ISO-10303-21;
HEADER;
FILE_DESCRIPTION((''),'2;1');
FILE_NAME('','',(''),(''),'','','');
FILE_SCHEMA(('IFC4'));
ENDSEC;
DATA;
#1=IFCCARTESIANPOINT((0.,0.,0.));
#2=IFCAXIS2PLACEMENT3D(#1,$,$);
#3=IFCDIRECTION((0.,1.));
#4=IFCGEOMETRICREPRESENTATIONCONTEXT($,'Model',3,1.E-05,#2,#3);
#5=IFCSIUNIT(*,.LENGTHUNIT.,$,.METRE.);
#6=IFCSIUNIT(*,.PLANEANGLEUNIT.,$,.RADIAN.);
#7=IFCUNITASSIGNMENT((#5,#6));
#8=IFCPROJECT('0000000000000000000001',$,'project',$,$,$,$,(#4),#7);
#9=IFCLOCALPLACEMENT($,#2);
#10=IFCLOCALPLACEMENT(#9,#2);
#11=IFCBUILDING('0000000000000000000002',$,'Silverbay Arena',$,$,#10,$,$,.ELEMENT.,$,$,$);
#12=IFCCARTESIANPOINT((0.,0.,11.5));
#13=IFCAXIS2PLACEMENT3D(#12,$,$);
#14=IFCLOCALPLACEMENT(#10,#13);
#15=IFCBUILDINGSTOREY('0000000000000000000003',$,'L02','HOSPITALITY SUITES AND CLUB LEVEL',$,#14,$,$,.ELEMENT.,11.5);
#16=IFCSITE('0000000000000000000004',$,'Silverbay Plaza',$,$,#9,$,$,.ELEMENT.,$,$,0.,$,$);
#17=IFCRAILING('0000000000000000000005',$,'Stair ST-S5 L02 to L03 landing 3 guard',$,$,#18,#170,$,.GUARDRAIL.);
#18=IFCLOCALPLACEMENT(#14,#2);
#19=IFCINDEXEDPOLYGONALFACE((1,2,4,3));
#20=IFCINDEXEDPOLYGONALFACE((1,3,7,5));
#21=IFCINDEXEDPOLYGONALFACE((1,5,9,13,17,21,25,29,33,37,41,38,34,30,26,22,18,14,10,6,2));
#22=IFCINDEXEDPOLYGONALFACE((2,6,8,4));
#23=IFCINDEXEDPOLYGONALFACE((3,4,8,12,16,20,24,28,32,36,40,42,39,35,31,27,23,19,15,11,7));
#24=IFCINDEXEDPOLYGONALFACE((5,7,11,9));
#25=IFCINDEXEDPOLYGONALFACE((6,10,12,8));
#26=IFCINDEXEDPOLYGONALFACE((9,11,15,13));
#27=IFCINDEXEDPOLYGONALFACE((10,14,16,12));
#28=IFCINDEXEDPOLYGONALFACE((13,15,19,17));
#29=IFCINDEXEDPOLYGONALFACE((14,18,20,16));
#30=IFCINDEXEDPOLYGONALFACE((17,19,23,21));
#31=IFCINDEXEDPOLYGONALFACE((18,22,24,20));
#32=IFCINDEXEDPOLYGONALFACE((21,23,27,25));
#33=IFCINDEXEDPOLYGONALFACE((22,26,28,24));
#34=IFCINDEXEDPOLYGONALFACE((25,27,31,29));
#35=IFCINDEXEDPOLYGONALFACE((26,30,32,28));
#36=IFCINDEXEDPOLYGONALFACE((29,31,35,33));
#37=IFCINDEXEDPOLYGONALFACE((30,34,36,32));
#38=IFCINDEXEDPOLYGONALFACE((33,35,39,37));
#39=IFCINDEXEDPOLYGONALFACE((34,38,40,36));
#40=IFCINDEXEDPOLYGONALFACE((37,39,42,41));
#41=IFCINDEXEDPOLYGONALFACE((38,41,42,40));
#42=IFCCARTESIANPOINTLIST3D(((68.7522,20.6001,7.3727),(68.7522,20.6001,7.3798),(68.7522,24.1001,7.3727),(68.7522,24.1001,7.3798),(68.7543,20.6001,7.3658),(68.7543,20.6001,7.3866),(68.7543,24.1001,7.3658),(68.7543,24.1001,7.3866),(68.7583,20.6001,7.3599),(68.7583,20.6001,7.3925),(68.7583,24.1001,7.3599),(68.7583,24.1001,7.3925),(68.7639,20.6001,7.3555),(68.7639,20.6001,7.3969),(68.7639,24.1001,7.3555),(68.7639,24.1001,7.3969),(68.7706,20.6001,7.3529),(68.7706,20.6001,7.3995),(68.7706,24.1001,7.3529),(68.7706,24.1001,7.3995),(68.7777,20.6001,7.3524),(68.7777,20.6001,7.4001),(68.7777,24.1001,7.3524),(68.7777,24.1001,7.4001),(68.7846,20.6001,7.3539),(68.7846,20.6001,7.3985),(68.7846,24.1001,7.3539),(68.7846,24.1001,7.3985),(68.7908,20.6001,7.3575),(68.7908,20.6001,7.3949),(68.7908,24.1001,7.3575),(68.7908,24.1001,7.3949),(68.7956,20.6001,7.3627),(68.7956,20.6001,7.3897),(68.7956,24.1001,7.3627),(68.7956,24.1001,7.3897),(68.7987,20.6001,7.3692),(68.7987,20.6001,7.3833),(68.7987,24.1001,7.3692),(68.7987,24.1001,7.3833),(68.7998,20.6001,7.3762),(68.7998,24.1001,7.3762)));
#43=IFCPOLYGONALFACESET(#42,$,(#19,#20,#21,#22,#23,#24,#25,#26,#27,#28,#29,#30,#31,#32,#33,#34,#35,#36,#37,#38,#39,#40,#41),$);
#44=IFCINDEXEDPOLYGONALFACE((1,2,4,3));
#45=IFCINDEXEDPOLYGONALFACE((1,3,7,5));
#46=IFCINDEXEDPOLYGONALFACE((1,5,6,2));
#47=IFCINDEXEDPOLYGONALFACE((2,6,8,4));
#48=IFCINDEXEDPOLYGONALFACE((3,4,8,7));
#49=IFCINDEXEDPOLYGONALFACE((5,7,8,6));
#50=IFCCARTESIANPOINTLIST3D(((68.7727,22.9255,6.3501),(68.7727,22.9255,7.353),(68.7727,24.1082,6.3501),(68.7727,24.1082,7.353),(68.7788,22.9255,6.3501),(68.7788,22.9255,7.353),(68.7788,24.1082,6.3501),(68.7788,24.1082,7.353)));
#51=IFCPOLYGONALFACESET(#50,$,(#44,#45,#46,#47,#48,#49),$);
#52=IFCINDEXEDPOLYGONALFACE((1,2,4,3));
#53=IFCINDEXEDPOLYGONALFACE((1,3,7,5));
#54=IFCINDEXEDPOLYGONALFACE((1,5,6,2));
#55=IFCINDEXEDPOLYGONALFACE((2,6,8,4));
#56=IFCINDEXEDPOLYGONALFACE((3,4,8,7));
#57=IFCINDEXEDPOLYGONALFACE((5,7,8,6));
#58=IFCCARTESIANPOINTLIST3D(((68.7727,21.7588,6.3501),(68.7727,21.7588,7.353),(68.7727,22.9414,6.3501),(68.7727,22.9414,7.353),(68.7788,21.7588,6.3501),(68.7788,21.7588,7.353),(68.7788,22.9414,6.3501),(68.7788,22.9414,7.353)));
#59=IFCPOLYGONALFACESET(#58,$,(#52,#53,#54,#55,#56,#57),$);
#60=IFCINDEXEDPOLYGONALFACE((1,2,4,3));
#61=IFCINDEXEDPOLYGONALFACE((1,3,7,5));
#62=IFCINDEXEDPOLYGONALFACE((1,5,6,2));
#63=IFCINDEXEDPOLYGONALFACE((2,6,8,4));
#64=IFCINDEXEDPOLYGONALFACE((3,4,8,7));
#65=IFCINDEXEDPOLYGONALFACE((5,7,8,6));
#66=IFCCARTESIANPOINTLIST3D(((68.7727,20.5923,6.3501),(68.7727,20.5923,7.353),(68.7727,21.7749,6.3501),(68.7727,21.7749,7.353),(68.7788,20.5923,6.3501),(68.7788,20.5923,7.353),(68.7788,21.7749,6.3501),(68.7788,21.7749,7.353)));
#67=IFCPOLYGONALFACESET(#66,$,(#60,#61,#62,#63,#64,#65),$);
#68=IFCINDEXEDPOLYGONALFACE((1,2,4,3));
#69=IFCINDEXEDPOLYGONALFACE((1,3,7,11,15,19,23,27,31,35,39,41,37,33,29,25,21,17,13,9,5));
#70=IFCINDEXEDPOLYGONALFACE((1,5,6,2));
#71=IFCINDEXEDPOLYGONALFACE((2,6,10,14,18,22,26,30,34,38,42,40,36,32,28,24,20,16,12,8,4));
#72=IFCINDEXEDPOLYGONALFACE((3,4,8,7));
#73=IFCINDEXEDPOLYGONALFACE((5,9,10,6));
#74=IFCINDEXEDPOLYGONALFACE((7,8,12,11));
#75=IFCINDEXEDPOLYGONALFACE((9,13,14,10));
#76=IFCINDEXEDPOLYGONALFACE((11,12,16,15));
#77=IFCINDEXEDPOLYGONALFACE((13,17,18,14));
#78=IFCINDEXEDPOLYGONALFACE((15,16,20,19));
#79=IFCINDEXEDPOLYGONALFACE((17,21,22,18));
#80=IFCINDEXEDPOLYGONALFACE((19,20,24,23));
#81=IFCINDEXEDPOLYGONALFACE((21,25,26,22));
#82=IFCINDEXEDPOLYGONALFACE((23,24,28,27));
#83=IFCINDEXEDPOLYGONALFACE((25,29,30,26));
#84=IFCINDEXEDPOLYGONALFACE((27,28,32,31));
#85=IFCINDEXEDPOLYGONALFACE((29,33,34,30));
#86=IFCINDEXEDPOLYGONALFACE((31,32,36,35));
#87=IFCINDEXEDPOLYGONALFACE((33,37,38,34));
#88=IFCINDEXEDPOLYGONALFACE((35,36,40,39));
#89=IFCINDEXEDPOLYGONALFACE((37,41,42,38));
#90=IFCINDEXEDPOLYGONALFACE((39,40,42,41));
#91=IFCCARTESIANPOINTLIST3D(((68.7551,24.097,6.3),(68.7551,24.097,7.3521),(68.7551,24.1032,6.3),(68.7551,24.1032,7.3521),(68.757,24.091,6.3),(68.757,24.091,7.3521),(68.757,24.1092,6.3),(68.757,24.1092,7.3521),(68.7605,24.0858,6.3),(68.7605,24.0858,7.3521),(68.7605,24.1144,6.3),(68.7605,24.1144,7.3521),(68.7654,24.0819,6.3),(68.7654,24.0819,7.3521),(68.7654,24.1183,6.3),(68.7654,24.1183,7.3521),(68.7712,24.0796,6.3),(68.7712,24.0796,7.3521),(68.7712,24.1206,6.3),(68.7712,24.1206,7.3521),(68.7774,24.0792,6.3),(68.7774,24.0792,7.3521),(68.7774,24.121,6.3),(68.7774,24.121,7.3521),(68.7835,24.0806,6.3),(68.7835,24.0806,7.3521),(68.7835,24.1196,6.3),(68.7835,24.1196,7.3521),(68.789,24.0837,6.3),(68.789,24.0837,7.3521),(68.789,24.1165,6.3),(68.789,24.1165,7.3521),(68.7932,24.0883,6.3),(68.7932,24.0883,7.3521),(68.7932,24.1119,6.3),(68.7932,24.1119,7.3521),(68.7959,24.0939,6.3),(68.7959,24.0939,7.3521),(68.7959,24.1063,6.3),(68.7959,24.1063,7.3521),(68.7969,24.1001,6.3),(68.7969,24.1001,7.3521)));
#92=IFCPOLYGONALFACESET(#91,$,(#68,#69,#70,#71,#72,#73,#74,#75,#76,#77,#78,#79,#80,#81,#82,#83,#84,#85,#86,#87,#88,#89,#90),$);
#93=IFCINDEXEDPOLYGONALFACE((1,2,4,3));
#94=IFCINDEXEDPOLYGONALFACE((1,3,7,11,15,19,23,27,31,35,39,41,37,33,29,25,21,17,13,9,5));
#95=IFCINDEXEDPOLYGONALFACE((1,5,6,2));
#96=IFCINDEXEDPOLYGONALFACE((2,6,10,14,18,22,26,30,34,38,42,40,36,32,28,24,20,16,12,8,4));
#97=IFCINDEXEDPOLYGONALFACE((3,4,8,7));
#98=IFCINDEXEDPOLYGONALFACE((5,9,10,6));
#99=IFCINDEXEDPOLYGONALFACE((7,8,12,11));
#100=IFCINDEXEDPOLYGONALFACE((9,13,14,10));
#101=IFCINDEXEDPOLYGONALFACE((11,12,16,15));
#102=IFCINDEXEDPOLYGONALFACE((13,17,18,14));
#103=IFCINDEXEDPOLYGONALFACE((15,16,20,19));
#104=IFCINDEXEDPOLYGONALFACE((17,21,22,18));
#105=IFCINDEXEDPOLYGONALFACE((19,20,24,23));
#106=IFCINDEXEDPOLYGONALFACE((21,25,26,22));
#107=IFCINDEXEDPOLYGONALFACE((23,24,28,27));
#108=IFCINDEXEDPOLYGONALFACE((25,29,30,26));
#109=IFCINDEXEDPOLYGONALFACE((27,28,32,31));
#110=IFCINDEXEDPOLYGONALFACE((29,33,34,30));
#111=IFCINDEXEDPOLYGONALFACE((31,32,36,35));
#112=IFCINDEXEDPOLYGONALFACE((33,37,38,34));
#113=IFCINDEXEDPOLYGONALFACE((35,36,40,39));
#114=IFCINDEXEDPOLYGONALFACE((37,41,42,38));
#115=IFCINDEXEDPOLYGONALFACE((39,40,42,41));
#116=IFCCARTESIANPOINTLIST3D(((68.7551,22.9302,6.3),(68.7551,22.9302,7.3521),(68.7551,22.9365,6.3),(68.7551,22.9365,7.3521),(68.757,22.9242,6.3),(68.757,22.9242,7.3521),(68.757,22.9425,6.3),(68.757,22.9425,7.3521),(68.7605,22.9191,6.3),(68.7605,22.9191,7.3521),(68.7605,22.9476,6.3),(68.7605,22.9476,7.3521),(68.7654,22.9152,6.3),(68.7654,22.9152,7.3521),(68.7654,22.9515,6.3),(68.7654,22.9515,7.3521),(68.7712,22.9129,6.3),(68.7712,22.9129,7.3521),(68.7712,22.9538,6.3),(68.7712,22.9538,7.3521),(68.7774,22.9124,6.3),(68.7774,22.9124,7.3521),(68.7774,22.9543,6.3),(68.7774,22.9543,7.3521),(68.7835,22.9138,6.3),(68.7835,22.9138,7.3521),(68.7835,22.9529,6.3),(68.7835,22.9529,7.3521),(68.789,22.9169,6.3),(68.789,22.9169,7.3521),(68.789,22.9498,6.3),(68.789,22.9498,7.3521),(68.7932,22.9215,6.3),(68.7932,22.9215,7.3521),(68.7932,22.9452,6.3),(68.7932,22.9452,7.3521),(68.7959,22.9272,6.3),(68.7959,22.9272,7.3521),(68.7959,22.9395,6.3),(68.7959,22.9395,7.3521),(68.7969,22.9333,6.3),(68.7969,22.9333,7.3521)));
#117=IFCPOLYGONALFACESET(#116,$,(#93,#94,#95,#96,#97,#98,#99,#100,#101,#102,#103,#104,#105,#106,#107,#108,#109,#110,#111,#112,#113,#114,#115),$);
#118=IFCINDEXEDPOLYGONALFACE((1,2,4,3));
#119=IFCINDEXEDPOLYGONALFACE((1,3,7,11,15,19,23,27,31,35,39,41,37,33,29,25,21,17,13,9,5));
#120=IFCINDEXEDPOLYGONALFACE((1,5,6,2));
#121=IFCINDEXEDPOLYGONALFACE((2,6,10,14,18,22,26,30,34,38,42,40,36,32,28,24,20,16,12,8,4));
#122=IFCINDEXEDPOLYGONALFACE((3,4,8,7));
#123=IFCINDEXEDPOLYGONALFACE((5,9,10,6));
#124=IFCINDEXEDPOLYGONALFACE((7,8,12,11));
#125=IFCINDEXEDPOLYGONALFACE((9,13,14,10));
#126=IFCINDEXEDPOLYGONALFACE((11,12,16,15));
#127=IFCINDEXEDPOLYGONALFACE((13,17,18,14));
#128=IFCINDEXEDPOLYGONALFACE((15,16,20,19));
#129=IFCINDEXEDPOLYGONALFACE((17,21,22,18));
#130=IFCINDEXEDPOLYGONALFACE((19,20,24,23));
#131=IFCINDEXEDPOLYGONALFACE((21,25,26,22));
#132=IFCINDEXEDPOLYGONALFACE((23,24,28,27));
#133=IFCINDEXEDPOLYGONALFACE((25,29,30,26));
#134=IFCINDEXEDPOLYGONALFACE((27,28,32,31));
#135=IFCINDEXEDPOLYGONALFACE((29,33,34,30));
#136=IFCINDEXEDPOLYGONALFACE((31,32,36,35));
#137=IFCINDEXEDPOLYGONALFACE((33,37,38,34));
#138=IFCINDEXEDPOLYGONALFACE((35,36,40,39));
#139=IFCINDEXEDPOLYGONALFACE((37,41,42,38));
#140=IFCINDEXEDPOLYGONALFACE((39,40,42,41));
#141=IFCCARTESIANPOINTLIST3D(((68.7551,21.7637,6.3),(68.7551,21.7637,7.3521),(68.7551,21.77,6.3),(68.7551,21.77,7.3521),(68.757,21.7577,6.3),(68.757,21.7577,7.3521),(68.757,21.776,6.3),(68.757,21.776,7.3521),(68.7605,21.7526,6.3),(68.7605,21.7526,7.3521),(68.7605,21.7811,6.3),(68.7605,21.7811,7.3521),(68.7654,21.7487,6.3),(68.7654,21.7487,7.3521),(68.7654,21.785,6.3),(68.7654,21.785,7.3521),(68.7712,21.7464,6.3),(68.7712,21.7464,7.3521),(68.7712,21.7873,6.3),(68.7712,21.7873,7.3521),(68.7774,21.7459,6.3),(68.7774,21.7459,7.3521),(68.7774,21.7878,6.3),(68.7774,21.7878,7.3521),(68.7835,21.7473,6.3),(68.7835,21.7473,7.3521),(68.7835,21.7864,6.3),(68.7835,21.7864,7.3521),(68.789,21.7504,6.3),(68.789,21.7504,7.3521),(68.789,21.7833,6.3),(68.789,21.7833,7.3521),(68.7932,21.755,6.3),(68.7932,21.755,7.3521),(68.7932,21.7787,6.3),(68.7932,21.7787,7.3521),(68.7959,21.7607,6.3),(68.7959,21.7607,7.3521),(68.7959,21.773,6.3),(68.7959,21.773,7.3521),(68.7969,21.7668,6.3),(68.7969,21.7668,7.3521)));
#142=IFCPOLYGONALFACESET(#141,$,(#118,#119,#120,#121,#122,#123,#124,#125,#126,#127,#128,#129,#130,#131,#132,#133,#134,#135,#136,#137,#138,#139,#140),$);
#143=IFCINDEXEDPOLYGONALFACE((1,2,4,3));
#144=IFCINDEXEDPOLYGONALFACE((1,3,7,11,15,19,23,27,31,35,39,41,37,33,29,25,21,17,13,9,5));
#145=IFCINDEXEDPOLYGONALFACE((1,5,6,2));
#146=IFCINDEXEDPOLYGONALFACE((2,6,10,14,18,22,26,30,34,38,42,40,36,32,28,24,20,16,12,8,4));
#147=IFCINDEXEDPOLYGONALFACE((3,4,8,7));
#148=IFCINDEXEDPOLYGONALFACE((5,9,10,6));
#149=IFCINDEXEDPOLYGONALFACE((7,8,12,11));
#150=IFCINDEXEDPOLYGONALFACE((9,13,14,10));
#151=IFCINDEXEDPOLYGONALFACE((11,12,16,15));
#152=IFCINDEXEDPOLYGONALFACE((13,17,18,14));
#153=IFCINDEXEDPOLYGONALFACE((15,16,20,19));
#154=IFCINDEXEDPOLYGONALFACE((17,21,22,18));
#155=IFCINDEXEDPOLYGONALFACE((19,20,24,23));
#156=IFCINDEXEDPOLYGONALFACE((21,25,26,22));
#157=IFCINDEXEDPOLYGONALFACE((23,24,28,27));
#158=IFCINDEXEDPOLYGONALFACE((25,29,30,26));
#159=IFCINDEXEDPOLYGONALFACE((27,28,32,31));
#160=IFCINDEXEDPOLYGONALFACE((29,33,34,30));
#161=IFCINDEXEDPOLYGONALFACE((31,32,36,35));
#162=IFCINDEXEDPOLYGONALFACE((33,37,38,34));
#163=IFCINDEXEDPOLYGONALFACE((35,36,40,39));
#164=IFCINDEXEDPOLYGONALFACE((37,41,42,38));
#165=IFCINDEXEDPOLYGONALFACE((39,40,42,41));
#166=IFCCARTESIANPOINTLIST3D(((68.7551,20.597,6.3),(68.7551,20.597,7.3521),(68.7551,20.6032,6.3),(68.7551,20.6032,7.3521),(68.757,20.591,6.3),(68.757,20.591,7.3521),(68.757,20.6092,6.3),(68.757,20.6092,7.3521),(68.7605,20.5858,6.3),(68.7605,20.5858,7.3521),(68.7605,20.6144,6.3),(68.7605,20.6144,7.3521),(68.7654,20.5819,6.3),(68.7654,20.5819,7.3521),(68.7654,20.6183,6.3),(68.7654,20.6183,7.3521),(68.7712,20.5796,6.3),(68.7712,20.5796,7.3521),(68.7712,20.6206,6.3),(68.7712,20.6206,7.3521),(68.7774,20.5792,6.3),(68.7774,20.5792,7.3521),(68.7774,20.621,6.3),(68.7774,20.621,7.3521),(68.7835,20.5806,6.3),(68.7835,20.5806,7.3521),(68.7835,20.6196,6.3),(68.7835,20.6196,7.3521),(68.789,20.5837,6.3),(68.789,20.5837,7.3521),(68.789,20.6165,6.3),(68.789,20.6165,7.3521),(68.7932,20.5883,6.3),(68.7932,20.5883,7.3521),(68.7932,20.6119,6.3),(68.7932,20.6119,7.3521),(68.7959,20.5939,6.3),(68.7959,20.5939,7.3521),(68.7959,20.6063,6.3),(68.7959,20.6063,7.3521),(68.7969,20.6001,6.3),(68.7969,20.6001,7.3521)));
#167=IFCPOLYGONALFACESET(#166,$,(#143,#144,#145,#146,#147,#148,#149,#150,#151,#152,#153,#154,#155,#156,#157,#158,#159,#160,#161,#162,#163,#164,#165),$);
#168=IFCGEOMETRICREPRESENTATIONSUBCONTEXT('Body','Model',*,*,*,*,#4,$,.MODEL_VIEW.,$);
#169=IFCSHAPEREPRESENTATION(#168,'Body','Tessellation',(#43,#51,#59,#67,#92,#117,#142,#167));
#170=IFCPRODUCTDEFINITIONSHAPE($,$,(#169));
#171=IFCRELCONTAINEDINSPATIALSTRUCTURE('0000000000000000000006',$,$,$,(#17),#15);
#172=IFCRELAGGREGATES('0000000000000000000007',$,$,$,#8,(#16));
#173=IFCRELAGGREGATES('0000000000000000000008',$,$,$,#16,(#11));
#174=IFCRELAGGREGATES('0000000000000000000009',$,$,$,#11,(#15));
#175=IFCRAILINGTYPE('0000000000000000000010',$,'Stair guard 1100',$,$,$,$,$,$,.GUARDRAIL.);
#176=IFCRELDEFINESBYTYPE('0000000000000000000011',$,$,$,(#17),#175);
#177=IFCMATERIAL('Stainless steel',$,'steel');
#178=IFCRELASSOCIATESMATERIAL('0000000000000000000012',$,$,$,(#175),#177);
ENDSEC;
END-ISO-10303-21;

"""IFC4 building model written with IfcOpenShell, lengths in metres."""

from ifc_helpers import new_model, si_unit, direction, frame, origin, origin_2d, place, context, subcontext, project, spatial, polyline, circle, outline, extrude, material, type_object, element, save


model = new_model("IFC4")

# Units and contexts
model_context = context("Model", 3, precision=1e-05, world=origin(), true_north=direction((0.0, 1.0)))
body_context = subcontext(model_context, "Body", "Model", "MODEL_VIEW")
ifc_project = project(units=[si_unit("LENGTHUNIT", "METRE"), si_unit("PLANEANGLEUNIT", "RADIAN")], contexts=[model_context])

# Site, building, storey
site_placement = place(None, origin())
site = spatial("IfcSite", under=ifc_project, at=site_placement, Name="Silverbay Plaza", CompositionType="ELEMENT", RefElevation=0.0)
building_placement = place(site_placement, origin())
building = spatial("IfcBuilding", under=site, at=building_placement, Name="Silverbay Arena", CompositionType="ELEMENT")
storey_placement = place(building_placement, frame((0.0, 0.0, 11.5)))
storey = spatial("IfcBuildingStorey", under=building, at=storey_placement, Name="L02", Description="HOSPITALITY SUITES AND CLUB LEVEL", CompositionType="ELEMENT", Elevation=11.5)

# Railing
ifc_material_1 = material(Name="Stainless steel", Category="steel")
railing_type_1 = type_object("IfcRailingType", Name="Stair guard 1100", PredefinedType="GUARDRAIL", material=ifc_material_1)
for number, where, name in (
    (1, (68.7759, 24.1001, 6.3), "Stair ST-S5 L02 to L03 landing 3 guard"),
):
    element("IfcRailing", number, at=place(storey_placement, frame(where)), inside=storey, type_object=railing_type_1, Name=name, PredefinedType="GUARDRAIL", context=body_context, shape_type="SweptSolid", body=[
        extrude(circle(Radius=0.0239, at=origin_2d()), frame((0.0, 0.0, 1.0762), z_axis=(0.0, -1.0, 0.0), x_axis=(1.0, 0.0, 0.0)), (0.0, 0.0, 1.0), 3.5),
        extrude(outline(polyline([(-0.0081, 0.05), (1.1746, 0.05), (1.1746, 1.053), (-0.0081, 1.053), (-0.0081, 0.05)])), frame((0.0029, 0.0, 0.0), z_axis=(-1.0, 0.0, 0.0), x_axis=(0.0, -1.0, 0.0)), (0.0, 0.0, 1.0), 0.0061),
        extrude(outline(polyline([(-0.0081, 0.05), (1.1746, 0.05), (1.1746, 1.053), (-0.0081, 1.053), (-0.0081, 0.05)])), frame((0.0029, -1.1667, 0.0), z_axis=(-1.0, 0.0, 0.0), x_axis=(0.0, -1.0, 0.0)), (0.0, 0.0, 1.0), 0.0061),
        extrude(outline(polyline([(-0.0081, 0.05), (1.1746, 0.05), (1.1746, 1.053), (-0.0081, 1.053), (-0.0081, 0.05)])), frame((0.0029, -2.3333, 0.0), z_axis=(-1.0, 0.0, 0.0), x_axis=(0.0, -1.0, 0.0)), (0.0, 0.0, 1.0), 0.0061),
        extrude(circle(Radius=0.021, at=origin_2d()), origin(), (0.0, 0.0, 1.0), 1.052),
        extrude(circle(Radius=0.021, at=origin_2d()), frame((0.0, -1.1667, 0.0)), (0.0, 0.0, 1.0), 1.052),
        extrude(circle(Radius=0.021, at=origin_2d()), frame((0.0, -2.3333, 0.0)), (0.0, 0.0, 1.0), 1.052),
        extrude(circle(Radius=0.021, at=origin_2d()), frame((0.0, -3.5, 0.0)), (0.0, 0.0, 1.0), 1.052),
    ])

save(model, "model.ifc")
